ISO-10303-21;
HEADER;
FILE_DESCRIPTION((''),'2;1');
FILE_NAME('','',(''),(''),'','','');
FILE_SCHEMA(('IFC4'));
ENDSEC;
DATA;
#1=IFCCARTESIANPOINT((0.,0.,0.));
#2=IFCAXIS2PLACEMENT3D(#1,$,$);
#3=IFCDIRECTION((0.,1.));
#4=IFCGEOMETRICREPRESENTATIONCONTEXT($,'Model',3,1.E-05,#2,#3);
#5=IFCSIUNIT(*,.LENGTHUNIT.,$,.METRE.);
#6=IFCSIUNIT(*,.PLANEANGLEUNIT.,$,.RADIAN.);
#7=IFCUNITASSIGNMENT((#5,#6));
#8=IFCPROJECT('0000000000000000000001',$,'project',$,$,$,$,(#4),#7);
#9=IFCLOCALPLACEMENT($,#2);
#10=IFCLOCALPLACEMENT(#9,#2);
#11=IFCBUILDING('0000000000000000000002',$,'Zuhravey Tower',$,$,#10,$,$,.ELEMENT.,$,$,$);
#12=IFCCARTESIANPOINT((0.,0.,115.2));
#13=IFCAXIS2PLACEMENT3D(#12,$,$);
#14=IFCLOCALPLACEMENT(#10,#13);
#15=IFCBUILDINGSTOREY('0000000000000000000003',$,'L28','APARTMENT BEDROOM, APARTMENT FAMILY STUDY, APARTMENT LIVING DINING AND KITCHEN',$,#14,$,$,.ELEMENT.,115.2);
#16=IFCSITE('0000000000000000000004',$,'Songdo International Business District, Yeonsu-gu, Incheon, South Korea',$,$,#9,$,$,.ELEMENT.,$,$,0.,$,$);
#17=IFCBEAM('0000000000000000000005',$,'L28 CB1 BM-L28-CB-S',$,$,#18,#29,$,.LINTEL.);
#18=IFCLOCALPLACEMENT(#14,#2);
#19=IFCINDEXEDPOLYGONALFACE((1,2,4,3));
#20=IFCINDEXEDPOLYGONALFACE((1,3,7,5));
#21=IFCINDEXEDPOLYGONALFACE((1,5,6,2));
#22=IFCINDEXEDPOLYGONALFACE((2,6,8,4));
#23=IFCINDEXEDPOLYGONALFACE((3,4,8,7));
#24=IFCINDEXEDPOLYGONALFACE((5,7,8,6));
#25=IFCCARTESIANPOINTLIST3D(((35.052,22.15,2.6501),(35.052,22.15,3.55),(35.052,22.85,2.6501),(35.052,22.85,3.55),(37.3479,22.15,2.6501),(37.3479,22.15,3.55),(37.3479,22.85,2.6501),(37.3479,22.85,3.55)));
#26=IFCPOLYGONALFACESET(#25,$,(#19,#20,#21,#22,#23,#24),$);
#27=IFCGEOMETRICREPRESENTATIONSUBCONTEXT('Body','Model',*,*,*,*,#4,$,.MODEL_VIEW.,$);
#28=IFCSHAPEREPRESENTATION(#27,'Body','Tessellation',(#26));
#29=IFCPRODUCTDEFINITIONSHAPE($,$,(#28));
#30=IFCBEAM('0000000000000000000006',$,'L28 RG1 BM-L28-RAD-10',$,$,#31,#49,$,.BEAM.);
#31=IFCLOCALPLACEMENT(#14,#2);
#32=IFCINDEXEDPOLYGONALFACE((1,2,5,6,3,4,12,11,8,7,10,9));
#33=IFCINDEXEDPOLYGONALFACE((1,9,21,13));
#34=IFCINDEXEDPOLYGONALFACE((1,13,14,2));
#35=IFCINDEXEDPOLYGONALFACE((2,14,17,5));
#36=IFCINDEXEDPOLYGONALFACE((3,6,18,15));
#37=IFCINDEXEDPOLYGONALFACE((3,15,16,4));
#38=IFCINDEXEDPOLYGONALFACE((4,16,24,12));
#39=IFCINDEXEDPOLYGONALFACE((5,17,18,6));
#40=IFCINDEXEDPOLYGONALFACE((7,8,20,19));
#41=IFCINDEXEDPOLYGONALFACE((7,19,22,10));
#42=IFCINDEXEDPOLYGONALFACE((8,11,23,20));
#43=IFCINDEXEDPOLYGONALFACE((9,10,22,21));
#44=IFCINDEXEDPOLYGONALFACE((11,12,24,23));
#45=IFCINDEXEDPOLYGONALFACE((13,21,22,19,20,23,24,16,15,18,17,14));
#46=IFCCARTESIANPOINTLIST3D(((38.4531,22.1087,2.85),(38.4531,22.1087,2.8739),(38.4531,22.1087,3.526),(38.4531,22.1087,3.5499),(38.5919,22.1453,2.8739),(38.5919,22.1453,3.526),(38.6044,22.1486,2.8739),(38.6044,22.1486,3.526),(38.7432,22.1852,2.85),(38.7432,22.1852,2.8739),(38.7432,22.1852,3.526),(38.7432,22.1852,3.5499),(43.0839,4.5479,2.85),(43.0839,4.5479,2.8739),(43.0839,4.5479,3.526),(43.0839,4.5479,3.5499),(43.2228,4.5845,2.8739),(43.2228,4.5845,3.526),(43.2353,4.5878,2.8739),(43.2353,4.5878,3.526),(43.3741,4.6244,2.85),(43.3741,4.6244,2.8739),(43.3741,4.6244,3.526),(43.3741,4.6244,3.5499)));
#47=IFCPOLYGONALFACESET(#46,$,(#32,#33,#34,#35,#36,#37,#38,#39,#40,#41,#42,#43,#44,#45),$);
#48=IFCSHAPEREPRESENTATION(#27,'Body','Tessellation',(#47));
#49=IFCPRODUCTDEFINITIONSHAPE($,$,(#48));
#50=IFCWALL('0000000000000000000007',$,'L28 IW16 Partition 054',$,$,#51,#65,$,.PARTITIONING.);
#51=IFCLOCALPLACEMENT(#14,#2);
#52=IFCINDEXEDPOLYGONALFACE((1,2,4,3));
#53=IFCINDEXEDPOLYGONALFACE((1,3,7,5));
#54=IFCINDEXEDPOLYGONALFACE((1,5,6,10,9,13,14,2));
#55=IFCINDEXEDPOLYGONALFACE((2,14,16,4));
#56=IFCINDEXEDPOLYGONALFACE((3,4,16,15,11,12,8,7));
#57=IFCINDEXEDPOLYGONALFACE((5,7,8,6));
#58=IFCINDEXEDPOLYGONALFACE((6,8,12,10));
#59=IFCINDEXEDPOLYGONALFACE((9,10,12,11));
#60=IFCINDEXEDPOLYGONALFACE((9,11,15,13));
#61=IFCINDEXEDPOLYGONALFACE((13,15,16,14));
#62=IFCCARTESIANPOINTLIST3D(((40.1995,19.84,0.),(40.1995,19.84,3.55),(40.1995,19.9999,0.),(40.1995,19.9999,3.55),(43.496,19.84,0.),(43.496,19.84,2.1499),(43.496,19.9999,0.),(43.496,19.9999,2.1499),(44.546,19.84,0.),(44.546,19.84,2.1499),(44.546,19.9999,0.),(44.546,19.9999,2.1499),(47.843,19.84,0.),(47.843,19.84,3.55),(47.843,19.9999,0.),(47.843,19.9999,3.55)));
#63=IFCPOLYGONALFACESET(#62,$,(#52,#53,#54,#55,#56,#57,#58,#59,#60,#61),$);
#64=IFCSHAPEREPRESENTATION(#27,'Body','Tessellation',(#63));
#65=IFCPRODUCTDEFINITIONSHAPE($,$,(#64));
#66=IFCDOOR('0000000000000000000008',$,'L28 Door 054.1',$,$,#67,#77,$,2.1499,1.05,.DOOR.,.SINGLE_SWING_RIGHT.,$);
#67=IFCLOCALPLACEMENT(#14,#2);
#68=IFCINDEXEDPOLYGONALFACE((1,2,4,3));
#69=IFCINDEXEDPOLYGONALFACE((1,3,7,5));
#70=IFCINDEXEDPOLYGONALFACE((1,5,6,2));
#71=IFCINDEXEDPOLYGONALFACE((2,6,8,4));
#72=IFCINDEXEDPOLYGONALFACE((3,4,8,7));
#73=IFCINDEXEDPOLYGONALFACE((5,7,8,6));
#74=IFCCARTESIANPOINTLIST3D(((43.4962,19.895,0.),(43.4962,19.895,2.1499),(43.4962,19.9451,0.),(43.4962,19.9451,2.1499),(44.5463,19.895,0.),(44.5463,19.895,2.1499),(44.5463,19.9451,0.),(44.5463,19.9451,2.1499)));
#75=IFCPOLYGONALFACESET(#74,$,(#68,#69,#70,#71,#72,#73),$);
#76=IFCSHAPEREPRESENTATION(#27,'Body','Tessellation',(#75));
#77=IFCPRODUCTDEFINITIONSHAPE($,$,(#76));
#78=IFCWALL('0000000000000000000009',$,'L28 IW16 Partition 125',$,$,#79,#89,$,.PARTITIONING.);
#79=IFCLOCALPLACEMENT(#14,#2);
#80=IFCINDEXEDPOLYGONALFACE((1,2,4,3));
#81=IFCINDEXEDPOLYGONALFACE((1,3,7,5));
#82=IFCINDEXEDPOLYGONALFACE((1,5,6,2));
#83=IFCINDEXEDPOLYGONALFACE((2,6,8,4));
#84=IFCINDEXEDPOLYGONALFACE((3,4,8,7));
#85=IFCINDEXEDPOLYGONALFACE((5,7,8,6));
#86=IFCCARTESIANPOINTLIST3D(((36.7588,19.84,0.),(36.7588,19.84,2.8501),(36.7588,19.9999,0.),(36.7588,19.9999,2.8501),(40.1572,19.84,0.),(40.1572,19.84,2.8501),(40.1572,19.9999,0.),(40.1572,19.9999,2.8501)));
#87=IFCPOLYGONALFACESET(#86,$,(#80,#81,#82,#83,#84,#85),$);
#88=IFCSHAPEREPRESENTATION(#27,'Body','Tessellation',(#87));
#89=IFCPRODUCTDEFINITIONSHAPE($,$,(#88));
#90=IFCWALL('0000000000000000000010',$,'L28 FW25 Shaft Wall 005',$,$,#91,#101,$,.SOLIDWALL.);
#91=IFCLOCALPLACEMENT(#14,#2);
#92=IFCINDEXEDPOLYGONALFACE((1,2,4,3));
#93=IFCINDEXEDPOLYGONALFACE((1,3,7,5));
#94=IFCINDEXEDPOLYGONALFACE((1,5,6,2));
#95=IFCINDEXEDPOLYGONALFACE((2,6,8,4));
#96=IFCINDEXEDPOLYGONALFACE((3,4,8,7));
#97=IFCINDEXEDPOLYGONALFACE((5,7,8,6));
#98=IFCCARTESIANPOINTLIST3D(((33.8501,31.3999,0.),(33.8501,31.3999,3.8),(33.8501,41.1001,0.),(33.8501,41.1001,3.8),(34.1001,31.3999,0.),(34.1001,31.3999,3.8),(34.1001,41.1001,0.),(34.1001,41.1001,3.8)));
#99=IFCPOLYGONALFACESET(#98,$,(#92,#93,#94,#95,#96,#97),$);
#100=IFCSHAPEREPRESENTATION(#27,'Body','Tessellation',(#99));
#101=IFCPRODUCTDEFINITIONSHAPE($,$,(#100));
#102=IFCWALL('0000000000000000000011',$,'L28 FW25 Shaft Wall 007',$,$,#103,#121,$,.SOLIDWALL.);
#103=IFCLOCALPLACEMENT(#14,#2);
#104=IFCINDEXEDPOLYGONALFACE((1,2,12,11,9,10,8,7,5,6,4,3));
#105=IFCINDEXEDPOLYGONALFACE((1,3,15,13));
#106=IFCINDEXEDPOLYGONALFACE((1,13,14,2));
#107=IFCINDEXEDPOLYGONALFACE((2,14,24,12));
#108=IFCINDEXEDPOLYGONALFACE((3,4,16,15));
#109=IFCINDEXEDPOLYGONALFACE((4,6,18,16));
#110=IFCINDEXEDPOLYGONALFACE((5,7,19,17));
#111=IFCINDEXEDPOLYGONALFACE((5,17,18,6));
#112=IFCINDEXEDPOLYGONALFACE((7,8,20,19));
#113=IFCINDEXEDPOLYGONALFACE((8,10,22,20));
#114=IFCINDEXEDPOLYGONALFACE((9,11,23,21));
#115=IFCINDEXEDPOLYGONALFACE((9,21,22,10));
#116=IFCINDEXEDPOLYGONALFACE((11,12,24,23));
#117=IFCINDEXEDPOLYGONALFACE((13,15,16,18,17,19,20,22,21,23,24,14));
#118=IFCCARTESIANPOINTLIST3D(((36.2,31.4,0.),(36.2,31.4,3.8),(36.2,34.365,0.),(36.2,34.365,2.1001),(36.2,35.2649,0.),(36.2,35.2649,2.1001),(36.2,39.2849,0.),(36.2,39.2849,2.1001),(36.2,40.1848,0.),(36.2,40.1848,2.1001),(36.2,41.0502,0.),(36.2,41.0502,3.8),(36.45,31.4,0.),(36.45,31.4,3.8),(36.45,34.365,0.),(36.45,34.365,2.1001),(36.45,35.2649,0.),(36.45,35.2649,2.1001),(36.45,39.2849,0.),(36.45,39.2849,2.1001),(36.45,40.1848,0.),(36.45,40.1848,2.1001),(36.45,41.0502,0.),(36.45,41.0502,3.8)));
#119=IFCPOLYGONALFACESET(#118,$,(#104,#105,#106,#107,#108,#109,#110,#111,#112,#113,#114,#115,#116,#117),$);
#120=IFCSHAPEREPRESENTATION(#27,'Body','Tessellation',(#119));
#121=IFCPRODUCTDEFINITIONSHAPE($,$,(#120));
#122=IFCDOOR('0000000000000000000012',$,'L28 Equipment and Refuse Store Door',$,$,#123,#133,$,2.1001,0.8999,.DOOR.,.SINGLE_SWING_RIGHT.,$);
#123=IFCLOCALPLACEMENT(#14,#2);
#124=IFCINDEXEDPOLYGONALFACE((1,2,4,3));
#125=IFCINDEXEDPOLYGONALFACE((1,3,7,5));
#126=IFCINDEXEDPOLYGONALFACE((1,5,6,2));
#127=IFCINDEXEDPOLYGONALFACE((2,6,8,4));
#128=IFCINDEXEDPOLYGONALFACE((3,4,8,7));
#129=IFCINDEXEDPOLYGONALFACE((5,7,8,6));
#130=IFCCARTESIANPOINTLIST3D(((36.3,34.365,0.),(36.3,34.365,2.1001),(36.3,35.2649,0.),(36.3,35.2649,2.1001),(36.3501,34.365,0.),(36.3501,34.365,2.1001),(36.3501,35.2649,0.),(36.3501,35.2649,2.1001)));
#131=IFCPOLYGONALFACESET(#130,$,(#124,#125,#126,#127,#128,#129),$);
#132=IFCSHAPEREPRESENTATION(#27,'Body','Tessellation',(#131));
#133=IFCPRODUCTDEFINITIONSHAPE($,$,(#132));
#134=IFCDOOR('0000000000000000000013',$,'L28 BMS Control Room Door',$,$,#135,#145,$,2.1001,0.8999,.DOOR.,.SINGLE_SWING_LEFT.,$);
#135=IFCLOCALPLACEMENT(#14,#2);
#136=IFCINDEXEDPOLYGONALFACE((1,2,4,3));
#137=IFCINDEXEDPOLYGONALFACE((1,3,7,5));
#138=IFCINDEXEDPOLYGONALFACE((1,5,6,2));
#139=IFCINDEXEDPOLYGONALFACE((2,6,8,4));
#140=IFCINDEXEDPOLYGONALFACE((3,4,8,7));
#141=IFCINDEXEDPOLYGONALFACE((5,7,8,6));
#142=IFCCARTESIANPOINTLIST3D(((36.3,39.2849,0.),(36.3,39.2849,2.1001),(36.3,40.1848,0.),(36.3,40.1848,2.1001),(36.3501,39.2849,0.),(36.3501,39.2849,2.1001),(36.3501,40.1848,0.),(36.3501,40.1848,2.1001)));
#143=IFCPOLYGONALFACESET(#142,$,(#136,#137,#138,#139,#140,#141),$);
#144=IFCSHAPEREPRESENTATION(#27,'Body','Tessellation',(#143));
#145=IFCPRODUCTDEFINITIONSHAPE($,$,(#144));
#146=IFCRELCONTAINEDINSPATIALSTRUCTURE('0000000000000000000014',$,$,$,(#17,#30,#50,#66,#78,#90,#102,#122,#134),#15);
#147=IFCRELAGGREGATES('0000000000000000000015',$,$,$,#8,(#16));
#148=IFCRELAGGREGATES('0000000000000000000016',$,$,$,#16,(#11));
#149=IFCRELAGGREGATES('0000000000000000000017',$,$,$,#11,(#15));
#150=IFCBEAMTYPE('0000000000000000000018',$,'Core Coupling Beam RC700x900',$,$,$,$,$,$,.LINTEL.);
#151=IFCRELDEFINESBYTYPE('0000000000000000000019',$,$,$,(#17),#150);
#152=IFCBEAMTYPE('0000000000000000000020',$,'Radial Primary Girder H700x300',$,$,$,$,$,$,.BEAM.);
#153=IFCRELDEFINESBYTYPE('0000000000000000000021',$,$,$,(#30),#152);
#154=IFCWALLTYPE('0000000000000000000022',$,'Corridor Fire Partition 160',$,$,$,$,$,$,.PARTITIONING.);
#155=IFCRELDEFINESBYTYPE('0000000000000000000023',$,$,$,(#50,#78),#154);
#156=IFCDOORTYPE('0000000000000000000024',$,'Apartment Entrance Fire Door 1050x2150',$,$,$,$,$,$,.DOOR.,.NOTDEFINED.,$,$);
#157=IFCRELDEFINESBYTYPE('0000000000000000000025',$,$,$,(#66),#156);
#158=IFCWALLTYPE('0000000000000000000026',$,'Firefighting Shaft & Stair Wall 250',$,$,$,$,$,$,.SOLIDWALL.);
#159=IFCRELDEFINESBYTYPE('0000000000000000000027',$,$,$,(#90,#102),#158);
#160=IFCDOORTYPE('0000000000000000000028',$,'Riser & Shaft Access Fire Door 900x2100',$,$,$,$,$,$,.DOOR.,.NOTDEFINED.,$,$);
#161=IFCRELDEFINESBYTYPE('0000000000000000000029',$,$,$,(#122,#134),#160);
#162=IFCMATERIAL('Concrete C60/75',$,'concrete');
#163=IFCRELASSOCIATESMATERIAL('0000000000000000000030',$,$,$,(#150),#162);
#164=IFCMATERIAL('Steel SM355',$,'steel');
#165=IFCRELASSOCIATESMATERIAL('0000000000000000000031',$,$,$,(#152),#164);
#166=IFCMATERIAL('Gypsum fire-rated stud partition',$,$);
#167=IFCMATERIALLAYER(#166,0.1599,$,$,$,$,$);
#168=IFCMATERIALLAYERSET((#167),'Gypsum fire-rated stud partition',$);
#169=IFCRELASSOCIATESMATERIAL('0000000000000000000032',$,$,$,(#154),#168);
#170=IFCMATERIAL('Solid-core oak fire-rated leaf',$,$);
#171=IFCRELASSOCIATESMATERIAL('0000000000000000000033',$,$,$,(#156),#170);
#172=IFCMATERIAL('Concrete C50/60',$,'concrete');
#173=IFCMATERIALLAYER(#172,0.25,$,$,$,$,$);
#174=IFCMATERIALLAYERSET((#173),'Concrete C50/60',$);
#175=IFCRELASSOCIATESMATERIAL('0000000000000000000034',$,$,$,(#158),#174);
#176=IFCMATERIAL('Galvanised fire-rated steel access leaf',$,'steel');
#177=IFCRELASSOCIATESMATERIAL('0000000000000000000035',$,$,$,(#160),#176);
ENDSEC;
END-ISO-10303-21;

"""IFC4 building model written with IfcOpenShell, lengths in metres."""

from ifc_helpers import new_model, si_unit, direction, frame, frame_2d, origin, origin_2d, place, context, subcontext, project, spatial, rectangle, i_section, extrude, material, layer, layer_set, material_profile, profile_set, type_object, element, fill, save


model = new_model("IFC4")

# Units and contexts
model_context = context("Model", 3, precision=1e-05, world=origin(), true_north=direction((0.0, 1.0)))
body_context = subcontext(model_context, "Body", "Model", "MODEL_VIEW")
ifc_project = project(units=[si_unit("LENGTHUNIT", "METRE"), si_unit("PLANEANGLEUNIT", "RADIAN")], contexts=[model_context])

# Site, building, storey
site_placement = place(None, origin())
site = spatial("IfcSite", under=ifc_project, at=site_placement, Name="Songdo International Business District, Yeonsu-gu, Incheon, South Korea", CompositionType="ELEMENT", RefElevation=0.0)
building_placement = place(site_placement, origin())
building = spatial("IfcBuilding", under=site, at=building_placement, Name="Zuhravey Tower", CompositionType="ELEMENT")
storey_placement = place(building_placement, frame((0.0, 0.0, 115.2)))
storey = spatial("IfcBuildingStorey", under=building, at=storey_placement, Name="L28", Description="APARTMENT BEDROOM, APARTMENT FAMILY STUDY, APARTMENT LIVING DINING AND KITCHEN", CompositionType="ELEMENT", Elevation=115.2)

# Beams
ifc_material_1 = material(Name="Concrete C60/75", Category="concrete")
ifc_material_profile_1 = material_profile(ifc_material_1, rectangle(XDim=0.7, YDim=0.8999, at=origin_2d()), Name="RC-700x900")
ifc_profile_set_1 = profile_set([ifc_material_profile_1], Name="Concrete C60/75")
beam_type_1 = type_object("IfcBeamType", Name="Core Coupling Beam RC700x900", PredefinedType="LINTEL", material=ifc_profile_set_1)
beam_1_placement = place(storey_placement, frame((35.052, 22.5, 3.1001), z_axis=(1.0, 0.0, 0.0), x_axis=(0.0, 1.0, 0.0)))
element("IfcBeam", 1, at=beam_1_placement, inside=storey, type_object=beam_type_1, Name="L28 CB1 BM-L28-CB-S", PredefinedType="LINTEL", context=body_context, shape_type="SweptSolid", body=[
    extrude(rectangle(XDim=0.7, YDim=0.8999, at=origin_2d()), origin(), (0.0, 0.0, 1.0), 2.2959),
])
ifc_material_2 = material(Name="Steel SM355", Category="steel")
ifc_material_profile_2 = material_profile(ifc_material_2, i_section(OverallWidth=0.3, OverallDepth=0.7, WebThickness=0.0129, FlangeThickness=0.0239, at=origin_2d()), Name="H-700x300x13x24")
ifc_profile_set_2 = profile_set([ifc_material_profile_2], Name="Steel SM355")
beam_type_2 = type_object("IfcBeamType", Name="Radial Primary Girder H700x300", PredefinedType="BEAM", material=ifc_profile_set_2)
beam_2_placement = place(storey_placement, frame((38.5981, 22.147, 3.2), z_axis=(0.254988, -0.966944, 0.0), x_axis=(0.966944, 0.254988, 0.0)))
element("IfcBeam", 2, at=beam_2_placement, inside=storey, type_object=beam_type_2, Name="L28 RG1 BM-L28-RAD-10", PredefinedType="BEAM", context=body_context, shape_type="SweptSolid", body=[
    extrude(i_section(OverallWidth=0.3, OverallDepth=0.7, WebThickness=0.0129, FlangeThickness=0.0239, at=origin_2d()), origin(), (0.0, 0.0, 1.0), 18.1611),
])

# Wall, opening, door
ifc_material_3 = material(Name="Gypsum fire-rated stud partition")
ifc_layer_1 = layer(ifc_material_3, 0.1599)
ifc_layer_set_1 = layer_set([ifc_layer_1], Name="Gypsum fire-rated stud partition")
wall_type_1 = type_object("IfcWallType", Name="Corridor Fire Partition 160", PredefinedType="PARTITIONING", material=ifc_layer_set_1)
wall_1_placement = place(storey_placement, frame((40.1995, 19.9199, 0.0), z_axis=(0.0, 0.0, 1.0), x_axis=(1.0, 0.0, 0.0)))
wall_1 = element("IfcWall", 3, at=wall_1_placement, inside=storey, type_object=wall_type_1, Name="L28 IW16 Partition 054", PredefinedType="PARTITIONING", context=body_context, shape_type="SweptSolid", body=[
    extrude(rectangle(XDim=7.6436, YDim=0.1599, at=frame_2d((3.8218, 0.0))), origin(), (0.0, 0.0, 1.0), 3.55),
])
opening_1_placement = place(wall_1_placement, frame((3.2966, 0.0, 0.0)))
opening_1 = element("IfcOpeningElement", 4, at=opening_1_placement, cuts=wall_1, PredefinedType="OPENING", context=body_context, shape_type="SweptSolid", body=[
    extrude(rectangle(XDim=1.05, YDim=2.1499, at=frame_2d((0.5249, 1.075))), frame((0.0, 0.092, 0.0), z_axis=(0.0, -1.0, 0.0), x_axis=(1.0, 0.0, 0.0)), (0.0, 0.0, 1.0), 0.1838),
])
ifc_material_4 = material(Name="Solid-core oak fire-rated leaf")
door_type_1 = type_object("IfcDoorType", Name="Apartment Entrance Fire Door 1050x2150", OperationType="NOTDEFINED", PredefinedType="DOOR", material=ifc_material_4)
door_1_placement = place(opening_1_placement, frame((1.05, 0.0, 0.0), z_axis=(0.0, 0.0, 1.0), x_axis=(-1.0, 0.0, 0.0)))
door_1 = element("IfcDoor", 5, at=door_1_placement, inside=storey, type_object=door_type_1, Name="L28 Door 054.1", OperationType="SINGLE_SWING_RIGHT", OverallHeight=2.1499, OverallWidth=1.05, PredefinedType="DOOR", context=body_context, shape_type="SweptSolid", body=[
    extrude(rectangle(XDim=1.05, YDim=2.1499, at=frame_2d((0.5249, 1.075))), frame((0.0, 0.0249, 0.0), z_axis=(0.0, -1.0, 0.0), x_axis=(1.0, 0.0, 0.0)), (0.0, 0.0, 1.0), 0.05),
])
fill(opening_1, door_1)

# Wall
wall_2_placement = place(storey_placement, frame((36.7588, 19.9199, 0.0), z_axis=(0.0, 0.0, 1.0), x_axis=(1.0, 0.0, 0.0)))
element("IfcWall", 6, at=wall_2_placement, inside=storey, type_object=wall_type_1, Name="L28 IW16 Partition 125", PredefinedType="PARTITIONING", context=body_context, shape_type="SweptSolid", body=[
    extrude(rectangle(XDim=3.3984, YDim=0.1599, at=frame_2d((1.6992, 0.0))), origin(), (0.0, 0.0, 1.0), 2.8501),
])

# Shared definitions
ifc_material_5 = material(Name="Concrete C50/60", Category="concrete")
ifc_layer_2 = layer(ifc_material_5, 0.25)
ifc_layer_set_2 = layer_set([ifc_layer_2], Name="Concrete C50/60")
wall_type_2 = type_object("IfcWallType", Name="Firefighting Shaft & Stair Wall 250", PredefinedType="SOLIDWALL", material=ifc_layer_set_2)

# Wall
wall_3_placement = place(storey_placement, frame((33.9751, 31.3999, 0.0), z_axis=(0.0, 0.0, 1.0), x_axis=(0.0, 1.0, 0.0)))
element("IfcWall", 7, at=wall_3_placement, inside=storey, type_object=wall_type_2, Name="L28 FW25 Shaft Wall 005", PredefinedType="SOLIDWALL", context=body_context, shape_type="SweptSolid", body=[
    extrude(rectangle(XDim=9.7002, YDim=0.25, at=frame_2d((4.8501, 0.0))), origin(), (0.0, 0.0, 1.0), 3.8),
])

# Wall, openings, doors
wall_4_placement = place(storey_placement, frame((36.325, 31.3999, 0.0), z_axis=(0.0, 0.0, 1.0), x_axis=(0.0, 1.0, 0.0)))
wall_4 = element("IfcWall", 8, at=wall_4_placement, inside=storey, type_object=wall_type_2, Name="L28 FW25 Shaft Wall 007", PredefinedType="SOLIDWALL", context=body_context, shape_type="SweptSolid", body=[
    extrude(rectangle(XDim=9.6501, YDim=0.25, at=frame_2d((4.8252, 0.0))), origin(), (0.0, 0.0, 1.0), 3.8),
])
opening_2_placement = place(wall_4_placement, frame((2.9651, 0.0, 0.0)))
opening_2 = element("IfcOpeningElement", 9, at=opening_2_placement, cuts=wall_4, PredefinedType="OPENING", context=body_context, shape_type="SweptSolid", body=[
    extrude(rectangle(XDim=0.8999, YDim=2.1001, at=frame_2d((0.45, 1.05))), frame((0.0, 0.137, 0.0), z_axis=(0.0, -1.0, 0.0), x_axis=(1.0, 0.0, 0.0)), (0.0, 0.0, 1.0), 0.2739),
])
opening_3_placement = place(wall_4_placement, frame((7.885, 0.0, 0.0)))
opening_3 = element("IfcOpeningElement", 10, at=opening_3_placement, cuts=wall_4, PredefinedType="OPENING", context=body_context, shape_type="SweptSolid", body=[
    extrude(rectangle(XDim=0.8999, YDim=2.1001, at=frame_2d((0.45, 1.05))), frame((0.0, 0.137, 0.0), z_axis=(0.0, -1.0, 0.0), x_axis=(1.0, 0.0, 0.0)), (0.0, 0.0, 1.0), 0.2739),
])
ifc_material_6 = material(Name="Galvanised fire-rated steel access leaf", Category="steel")
door_type_2 = type_object("IfcDoorType", Name="Riser & Shaft Access Fire Door 900x2100", OperationType="NOTDEFINED", PredefinedType="DOOR", material=ifc_material_6)
door_2_placement = place(opening_2_placement, origin())
door_2 = element("IfcDoor", 11, at=door_2_placement, inside=storey, type_object=door_type_2, Name="L28 Equipment and Refuse Store Door", OperationType="SINGLE_SWING_RIGHT", OverallHeight=2.1001, OverallWidth=0.8999, PredefinedType="DOOR", context=body_context, shape_type="SweptSolid", body=[
    extrude(rectangle(XDim=0.8999, YDim=2.1001, at=frame_2d((0.45, 1.05))), frame((0.0, 0.0249, 0.0), z_axis=(0.0, -1.0, 0.0), x_axis=(1.0, 0.0, 0.0)), (0.0, 0.0, 1.0), 0.05),
])
fill(opening_2, door_2)
door_3_placement = place(opening_3_placement, origin())
door_3 = element("IfcDoor", 12, at=door_3_placement, inside=storey, type_object=door_type_2, Name="L28 BMS Control Room Door", OperationType="SINGLE_SWING_LEFT", OverallHeight=2.1001, OverallWidth=0.8999, PredefinedType="DOOR", context=body_context, shape_type="SweptSolid", body=[
    extrude(rectangle(XDim=0.8999, YDim=2.1001, at=frame_2d((0.45, 1.05))), frame((0.0, 0.0249, 0.0), z_axis=(0.0, -1.0, 0.0), x_axis=(1.0, 0.0, 0.0)), (0.0, 0.0, 1.0), 0.05),
])
fill(opening_3, door_3)

save(model, "model.ifc")
